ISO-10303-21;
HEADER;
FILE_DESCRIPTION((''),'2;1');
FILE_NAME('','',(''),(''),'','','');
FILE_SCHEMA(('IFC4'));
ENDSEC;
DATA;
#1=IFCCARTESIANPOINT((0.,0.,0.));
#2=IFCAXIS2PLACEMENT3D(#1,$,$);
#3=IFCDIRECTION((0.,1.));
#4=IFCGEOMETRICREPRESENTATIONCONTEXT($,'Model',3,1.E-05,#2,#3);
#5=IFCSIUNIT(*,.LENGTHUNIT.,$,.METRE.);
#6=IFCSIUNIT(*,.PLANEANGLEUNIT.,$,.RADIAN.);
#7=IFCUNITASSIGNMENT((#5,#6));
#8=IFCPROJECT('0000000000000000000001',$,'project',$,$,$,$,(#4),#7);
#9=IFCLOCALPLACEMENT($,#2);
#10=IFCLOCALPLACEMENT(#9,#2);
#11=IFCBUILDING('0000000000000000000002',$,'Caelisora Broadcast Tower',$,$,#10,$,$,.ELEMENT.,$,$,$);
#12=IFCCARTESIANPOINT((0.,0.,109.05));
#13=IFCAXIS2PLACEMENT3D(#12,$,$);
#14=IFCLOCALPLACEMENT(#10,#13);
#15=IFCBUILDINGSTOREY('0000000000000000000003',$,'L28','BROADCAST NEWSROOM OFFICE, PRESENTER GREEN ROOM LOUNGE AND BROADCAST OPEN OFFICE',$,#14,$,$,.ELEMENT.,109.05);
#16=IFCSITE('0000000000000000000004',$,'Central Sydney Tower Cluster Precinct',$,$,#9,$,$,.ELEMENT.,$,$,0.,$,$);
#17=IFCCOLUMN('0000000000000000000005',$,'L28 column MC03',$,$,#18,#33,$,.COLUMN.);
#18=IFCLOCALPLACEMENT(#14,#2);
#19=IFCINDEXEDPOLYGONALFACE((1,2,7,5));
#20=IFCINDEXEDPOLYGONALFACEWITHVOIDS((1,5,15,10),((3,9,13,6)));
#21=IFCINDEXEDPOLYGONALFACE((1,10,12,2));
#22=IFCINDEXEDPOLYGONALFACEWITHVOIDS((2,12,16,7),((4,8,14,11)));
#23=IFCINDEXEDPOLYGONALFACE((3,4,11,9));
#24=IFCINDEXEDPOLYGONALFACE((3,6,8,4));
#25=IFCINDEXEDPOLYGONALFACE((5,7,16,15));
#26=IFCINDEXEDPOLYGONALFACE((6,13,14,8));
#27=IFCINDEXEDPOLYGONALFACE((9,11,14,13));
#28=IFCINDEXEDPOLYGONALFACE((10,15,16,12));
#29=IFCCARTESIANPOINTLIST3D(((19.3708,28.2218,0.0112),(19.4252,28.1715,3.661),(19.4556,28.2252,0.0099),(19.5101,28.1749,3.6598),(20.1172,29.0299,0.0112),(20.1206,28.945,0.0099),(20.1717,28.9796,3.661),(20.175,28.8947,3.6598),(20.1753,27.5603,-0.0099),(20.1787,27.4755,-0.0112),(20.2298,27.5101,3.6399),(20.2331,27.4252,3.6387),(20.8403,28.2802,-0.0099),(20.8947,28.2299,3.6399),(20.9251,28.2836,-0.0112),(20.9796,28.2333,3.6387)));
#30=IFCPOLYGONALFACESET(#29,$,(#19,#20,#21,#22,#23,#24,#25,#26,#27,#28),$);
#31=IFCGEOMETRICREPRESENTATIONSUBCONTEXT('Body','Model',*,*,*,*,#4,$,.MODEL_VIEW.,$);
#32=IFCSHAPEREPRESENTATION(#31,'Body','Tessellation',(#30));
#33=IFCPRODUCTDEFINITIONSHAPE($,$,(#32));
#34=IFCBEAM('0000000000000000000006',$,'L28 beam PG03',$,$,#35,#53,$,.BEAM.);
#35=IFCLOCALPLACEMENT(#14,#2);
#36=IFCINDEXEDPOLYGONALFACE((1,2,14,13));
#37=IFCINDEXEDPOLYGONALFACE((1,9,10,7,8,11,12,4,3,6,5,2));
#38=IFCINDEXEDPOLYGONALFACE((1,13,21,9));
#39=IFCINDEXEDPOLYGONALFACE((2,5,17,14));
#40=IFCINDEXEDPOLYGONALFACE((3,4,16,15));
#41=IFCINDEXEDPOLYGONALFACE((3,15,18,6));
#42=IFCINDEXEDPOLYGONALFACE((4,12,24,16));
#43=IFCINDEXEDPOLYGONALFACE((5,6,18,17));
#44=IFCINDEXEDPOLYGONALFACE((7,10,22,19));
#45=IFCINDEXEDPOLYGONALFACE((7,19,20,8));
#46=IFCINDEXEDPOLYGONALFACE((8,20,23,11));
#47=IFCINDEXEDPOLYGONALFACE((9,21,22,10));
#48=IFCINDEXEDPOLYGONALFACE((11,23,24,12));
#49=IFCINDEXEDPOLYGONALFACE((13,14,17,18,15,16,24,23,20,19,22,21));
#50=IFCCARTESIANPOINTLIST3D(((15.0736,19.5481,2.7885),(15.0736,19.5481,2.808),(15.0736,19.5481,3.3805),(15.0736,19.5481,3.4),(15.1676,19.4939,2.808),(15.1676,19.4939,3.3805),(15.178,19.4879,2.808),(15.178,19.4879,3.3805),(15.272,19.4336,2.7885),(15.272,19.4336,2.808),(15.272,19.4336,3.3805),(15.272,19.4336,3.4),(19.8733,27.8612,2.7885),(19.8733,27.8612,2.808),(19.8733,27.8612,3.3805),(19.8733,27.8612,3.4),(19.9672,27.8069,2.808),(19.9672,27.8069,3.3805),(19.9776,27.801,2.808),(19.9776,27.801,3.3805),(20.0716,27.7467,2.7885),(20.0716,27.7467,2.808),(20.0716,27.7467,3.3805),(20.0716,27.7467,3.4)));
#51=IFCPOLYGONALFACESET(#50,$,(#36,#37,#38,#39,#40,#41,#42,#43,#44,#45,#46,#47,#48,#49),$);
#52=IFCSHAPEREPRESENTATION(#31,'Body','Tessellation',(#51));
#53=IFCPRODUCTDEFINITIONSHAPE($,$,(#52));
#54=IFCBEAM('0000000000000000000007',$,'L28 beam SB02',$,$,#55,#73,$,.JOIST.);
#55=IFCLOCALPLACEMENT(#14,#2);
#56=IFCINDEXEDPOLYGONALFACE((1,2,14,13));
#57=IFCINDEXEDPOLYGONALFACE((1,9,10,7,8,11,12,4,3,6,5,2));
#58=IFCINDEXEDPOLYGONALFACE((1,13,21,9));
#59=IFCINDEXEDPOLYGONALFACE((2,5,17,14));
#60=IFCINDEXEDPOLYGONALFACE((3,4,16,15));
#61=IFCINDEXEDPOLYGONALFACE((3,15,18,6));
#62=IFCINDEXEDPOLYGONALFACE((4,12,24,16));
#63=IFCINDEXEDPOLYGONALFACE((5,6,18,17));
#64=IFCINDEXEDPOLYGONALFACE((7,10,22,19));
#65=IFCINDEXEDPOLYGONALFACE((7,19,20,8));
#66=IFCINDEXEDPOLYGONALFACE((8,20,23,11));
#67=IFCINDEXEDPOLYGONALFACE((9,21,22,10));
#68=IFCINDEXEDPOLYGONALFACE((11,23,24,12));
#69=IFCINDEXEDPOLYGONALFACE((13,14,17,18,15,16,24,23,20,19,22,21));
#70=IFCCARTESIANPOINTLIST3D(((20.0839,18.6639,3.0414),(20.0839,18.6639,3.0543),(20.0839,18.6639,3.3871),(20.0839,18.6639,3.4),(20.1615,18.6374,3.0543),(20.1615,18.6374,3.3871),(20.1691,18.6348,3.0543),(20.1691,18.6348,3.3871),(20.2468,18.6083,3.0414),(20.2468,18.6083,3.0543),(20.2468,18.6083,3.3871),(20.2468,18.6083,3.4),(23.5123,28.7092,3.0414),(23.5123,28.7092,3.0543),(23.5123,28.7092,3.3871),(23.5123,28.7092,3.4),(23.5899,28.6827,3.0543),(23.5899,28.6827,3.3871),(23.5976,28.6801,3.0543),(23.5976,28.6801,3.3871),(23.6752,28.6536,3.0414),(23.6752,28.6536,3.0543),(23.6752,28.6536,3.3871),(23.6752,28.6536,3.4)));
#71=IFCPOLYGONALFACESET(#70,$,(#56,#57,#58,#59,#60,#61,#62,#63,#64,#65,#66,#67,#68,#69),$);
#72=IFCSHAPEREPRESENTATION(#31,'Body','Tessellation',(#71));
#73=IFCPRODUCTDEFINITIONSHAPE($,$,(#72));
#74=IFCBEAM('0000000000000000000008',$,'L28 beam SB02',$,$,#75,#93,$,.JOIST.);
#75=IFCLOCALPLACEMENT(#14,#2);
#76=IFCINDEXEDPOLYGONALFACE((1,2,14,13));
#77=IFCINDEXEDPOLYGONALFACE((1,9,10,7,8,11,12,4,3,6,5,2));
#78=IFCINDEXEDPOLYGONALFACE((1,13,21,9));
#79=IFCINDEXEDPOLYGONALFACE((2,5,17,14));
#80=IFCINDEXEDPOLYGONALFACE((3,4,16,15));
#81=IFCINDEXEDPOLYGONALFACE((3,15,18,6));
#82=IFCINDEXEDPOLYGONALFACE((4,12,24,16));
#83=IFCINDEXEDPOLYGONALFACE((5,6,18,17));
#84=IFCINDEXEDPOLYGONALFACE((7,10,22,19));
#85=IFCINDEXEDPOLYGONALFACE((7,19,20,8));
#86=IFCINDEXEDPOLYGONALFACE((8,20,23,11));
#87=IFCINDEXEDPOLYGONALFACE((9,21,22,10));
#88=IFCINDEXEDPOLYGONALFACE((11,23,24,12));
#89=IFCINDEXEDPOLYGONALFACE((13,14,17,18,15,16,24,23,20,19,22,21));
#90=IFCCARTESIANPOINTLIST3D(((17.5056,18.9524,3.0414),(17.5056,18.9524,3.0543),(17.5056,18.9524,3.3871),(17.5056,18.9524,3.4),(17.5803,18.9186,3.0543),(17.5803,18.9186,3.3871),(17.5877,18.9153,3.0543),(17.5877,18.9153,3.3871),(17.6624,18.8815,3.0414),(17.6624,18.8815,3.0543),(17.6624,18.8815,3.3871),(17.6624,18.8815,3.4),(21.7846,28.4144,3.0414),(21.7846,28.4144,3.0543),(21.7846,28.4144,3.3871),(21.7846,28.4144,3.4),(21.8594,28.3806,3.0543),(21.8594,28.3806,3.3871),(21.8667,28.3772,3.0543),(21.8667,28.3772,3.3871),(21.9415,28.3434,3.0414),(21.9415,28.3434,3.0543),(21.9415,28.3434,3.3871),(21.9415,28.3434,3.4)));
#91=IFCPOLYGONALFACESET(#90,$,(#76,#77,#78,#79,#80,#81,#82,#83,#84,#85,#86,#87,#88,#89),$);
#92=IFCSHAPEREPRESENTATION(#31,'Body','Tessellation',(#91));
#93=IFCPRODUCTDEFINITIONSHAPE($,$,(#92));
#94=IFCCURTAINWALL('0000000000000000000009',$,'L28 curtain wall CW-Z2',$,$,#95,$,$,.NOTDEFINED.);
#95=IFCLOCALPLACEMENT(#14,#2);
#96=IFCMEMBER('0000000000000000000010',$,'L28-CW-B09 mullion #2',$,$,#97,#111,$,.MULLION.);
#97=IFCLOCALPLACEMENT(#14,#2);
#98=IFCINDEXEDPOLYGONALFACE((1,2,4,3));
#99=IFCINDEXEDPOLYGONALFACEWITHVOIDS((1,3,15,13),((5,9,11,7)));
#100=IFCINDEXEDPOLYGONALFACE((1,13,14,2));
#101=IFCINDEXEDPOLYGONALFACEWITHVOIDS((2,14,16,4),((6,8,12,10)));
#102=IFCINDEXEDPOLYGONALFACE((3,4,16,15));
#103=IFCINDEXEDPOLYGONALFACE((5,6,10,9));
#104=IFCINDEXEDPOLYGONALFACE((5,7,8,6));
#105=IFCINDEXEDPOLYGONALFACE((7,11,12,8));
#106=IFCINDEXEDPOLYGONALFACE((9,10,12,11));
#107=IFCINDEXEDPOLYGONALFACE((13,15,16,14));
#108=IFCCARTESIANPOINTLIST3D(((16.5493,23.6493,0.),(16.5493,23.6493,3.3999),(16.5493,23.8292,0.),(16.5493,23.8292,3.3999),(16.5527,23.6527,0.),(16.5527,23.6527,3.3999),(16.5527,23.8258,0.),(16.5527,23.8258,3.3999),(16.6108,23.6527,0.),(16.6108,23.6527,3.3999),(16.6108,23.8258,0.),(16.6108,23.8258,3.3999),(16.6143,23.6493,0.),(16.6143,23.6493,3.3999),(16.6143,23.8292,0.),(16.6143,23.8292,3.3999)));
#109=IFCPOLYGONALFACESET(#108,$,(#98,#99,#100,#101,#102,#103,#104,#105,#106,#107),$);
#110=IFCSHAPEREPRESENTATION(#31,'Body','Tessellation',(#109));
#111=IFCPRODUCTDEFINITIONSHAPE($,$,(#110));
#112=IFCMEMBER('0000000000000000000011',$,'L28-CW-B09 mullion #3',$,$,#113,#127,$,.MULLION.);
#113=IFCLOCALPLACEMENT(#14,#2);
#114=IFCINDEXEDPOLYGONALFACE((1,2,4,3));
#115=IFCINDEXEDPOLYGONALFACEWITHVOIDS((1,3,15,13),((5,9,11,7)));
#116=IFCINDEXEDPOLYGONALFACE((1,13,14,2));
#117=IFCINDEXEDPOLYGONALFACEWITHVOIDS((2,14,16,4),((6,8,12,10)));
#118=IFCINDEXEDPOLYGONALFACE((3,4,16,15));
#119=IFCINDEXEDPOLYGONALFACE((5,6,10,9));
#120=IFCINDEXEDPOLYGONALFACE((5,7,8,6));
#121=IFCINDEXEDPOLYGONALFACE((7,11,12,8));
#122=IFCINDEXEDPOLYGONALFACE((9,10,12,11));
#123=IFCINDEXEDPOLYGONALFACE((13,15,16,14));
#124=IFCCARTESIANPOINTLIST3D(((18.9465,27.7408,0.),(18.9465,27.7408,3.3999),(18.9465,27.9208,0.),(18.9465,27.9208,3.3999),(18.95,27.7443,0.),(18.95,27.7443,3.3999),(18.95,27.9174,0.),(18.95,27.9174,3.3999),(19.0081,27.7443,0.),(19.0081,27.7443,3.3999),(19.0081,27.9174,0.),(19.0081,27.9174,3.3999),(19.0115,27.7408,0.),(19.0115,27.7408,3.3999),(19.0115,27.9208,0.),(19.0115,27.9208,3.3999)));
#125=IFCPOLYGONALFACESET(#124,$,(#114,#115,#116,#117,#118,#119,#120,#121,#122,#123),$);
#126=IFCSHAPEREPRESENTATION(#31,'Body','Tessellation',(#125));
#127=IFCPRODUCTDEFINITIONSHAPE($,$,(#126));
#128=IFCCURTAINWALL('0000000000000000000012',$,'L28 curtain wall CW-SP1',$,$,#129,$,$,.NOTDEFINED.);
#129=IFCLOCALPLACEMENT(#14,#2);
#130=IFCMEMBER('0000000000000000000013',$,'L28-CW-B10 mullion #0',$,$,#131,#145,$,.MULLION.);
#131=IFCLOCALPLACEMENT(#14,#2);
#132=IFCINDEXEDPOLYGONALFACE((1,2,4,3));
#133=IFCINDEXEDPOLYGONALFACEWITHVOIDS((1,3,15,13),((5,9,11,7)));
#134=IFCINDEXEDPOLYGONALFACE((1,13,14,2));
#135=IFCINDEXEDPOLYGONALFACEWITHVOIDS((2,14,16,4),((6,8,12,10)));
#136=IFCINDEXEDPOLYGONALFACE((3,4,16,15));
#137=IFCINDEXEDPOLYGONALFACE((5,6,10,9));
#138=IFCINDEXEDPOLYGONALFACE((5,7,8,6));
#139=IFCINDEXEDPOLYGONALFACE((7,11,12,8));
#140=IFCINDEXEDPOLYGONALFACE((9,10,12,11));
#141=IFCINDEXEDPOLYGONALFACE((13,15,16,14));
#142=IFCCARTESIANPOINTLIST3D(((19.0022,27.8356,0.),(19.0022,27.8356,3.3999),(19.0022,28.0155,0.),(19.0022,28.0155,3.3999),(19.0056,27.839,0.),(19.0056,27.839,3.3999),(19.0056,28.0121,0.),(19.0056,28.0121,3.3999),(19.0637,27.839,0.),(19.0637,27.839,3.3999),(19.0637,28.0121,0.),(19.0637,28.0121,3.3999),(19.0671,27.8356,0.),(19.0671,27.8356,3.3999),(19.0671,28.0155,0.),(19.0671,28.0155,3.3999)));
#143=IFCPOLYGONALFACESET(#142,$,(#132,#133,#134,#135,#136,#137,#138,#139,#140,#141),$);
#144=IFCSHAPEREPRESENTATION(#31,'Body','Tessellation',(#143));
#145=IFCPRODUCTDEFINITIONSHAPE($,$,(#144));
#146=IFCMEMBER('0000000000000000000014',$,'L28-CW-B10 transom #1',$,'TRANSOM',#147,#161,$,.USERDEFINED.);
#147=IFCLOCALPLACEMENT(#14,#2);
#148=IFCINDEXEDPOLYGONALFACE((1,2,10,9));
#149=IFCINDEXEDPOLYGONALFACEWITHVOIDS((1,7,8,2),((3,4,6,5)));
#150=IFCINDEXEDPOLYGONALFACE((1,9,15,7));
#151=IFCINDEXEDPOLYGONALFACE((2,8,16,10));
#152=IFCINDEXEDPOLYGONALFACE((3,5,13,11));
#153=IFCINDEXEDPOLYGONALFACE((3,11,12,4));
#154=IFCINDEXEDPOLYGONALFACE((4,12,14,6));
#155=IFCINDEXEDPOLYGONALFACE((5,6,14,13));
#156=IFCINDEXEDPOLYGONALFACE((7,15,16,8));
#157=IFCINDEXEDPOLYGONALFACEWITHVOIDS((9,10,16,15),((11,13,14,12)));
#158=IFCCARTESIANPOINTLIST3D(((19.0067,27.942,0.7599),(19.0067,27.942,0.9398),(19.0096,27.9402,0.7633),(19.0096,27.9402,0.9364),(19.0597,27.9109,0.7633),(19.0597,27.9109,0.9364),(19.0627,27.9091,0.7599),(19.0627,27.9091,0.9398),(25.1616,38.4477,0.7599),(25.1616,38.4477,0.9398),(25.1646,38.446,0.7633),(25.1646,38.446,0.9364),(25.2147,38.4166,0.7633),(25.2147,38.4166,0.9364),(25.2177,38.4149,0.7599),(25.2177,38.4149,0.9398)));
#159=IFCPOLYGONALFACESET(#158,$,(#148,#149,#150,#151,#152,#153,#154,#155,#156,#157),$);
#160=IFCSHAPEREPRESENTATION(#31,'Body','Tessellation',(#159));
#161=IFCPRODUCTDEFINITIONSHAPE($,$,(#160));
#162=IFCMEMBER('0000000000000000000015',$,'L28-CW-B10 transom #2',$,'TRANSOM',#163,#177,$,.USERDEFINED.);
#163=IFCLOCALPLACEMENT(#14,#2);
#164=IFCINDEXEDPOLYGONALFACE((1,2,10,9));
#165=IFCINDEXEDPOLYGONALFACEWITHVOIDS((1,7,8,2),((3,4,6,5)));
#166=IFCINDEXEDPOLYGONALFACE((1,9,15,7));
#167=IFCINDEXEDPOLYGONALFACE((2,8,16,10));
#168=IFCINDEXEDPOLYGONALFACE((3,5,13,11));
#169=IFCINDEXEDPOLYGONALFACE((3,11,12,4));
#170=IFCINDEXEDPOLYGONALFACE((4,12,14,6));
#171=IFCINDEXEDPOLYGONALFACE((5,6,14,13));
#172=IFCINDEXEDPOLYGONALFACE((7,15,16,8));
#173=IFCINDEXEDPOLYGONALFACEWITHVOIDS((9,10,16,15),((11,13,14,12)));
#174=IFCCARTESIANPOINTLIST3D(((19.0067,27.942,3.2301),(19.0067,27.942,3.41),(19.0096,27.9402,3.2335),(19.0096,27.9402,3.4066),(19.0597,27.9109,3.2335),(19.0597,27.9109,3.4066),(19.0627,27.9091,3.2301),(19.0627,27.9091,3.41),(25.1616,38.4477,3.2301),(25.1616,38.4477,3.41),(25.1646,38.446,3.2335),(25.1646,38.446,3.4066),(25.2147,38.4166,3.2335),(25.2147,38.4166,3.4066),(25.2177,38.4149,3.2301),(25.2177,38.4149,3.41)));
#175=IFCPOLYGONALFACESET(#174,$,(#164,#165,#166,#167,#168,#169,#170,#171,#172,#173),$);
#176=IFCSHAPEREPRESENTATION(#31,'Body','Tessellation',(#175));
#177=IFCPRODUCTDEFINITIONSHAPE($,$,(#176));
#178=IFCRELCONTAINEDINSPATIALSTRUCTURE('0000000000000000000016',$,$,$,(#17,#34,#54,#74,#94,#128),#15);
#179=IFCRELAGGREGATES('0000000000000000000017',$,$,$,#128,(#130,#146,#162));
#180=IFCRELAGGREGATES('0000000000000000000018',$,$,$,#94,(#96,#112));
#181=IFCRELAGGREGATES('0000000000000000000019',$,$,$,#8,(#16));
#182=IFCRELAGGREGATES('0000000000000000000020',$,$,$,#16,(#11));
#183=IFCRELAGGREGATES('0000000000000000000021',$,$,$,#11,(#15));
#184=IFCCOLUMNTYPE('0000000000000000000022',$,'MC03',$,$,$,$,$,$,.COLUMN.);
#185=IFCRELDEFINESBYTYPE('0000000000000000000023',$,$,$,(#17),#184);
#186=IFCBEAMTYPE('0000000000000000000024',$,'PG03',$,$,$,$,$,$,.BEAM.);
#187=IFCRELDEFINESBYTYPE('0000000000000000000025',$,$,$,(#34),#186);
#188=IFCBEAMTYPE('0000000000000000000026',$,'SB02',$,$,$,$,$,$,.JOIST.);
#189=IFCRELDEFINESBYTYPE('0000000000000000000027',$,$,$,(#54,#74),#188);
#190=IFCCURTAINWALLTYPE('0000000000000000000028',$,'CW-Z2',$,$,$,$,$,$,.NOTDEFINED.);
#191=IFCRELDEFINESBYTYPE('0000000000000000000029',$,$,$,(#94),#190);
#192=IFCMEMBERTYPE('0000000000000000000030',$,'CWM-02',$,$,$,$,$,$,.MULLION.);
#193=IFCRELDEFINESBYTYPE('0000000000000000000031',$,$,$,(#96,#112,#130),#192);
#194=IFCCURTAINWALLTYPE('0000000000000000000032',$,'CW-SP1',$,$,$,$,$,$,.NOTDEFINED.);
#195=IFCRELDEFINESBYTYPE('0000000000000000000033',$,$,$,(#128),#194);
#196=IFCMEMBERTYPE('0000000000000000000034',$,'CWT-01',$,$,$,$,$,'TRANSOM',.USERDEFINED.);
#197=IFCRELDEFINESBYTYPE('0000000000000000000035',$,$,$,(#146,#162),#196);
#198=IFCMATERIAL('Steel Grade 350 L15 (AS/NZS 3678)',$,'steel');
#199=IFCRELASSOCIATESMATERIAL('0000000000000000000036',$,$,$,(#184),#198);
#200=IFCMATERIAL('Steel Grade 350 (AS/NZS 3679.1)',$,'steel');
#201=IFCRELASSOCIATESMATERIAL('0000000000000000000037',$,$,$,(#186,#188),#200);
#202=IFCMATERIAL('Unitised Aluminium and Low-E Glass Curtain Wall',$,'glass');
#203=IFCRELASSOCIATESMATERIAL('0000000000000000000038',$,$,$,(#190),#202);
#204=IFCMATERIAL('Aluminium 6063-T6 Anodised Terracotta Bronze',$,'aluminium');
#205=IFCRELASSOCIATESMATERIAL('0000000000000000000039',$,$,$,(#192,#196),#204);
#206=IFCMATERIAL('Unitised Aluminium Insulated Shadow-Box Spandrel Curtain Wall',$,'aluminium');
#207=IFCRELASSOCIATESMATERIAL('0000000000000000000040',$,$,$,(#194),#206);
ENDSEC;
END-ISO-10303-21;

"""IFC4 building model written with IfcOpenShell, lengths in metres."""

from ifc_helpers import new_model, si_unit, direction, frame, origin, origin_2d, place, context, subcontext, project, spatial, hollow_rectangle, i_section, extrude, source, transform, mapped, material, material_profile, profile_set, type_object, type_shapes, element, aggregate, save


model = new_model("IFC4")

# Units and contexts
model_context = context("Model", 3, precision=1e-05, world=origin(), true_north=direction((0.0, 1.0)))
body_context = subcontext(model_context, "Body", "Model", "MODEL_VIEW")
ifc_project = project(units=[si_unit("LENGTHUNIT", "METRE"), si_unit("PLANEANGLEUNIT", "RADIAN")], contexts=[model_context])

# Site, building, storey
site_placement = place(None, origin())
site = spatial("IfcSite", under=ifc_project, at=site_placement, Name="Central Sydney Tower Cluster Precinct", CompositionType="ELEMENT", RefElevation=0.0)
building_placement = place(site_placement, origin())
building = spatial("IfcBuilding", under=site, at=building_placement, Name="Caelisora Broadcast Tower", CompositionType="ELEMENT")
storey_placement = place(building_placement, frame((0.0, 0.0, 109.05)))
storey = spatial("IfcBuildingStorey", under=building, at=storey_placement, Name="L28", Description="BROADCAST NEWSROOM OFFICE, PRESENTER GREEN ROOM LOUNGE AND BROADCAST OPEN OFFICE", CompositionType="ELEMENT", Elevation=109.05)

# Column
ifc_material_1 = material(Name="Steel Grade 350 L15 (AS/NZS 3678)", Category="steel")
ifc_material_profile_1 = material_profile(ifc_material_1, hollow_rectangle(XDim=1.1001, YDim=1.1001, WallThickness=0.0601, at=origin_2d()), Name="Steel Grade 350 L15 (AS/NZS 3678)")
ifc_profile_set_1 = profile_set([ifc_material_profile_1], Name="Steel Grade 350 L15 (AS/NZS 3678)")
column_type = type_object("IfcColumnType", Name="MC03", PredefinedType="COLUMN", material=ifc_profile_set_1)
shared_shape_1 = source(origin(), body_context, "Body", "SweptSolid", [
    extrude(hollow_rectangle(XDim=1.1001, YDim=1.1001, WallThickness=0.0601, at=origin_2d()), origin(), (0.0, 0.0, 1.0), 3.6506),
])
type_shapes(column_type, [shared_shape_1])
column_placement = place(storey_placement, frame((20.1479, 28.2527, 0.0), z_axis=(0.014913, -0.013776, 0.999794), x_axis=(0.678554, 0.734551, 0.0)))
element("IfcColumn", 1, at=column_placement, inside=storey, type_object=column_type, Name="L28 column MC03", PredefinedType="COLUMN", context=body_context, shape_type="MappedRepresentation", body=[
    mapped(shared_shape_1, transform((0.0, 0.0, 0.0), scale=1.0)),
])

# Beams
ifc_material_2 = material(Name="Steel Grade 350 (AS/NZS 3679.1)", Category="steel")
ifc_material_profile_2 = material_profile(ifc_material_2, i_section(OverallWidth=0.229, OverallDepth=0.6116, WebThickness=0.012, FlangeThickness=0.0195, at=origin_2d()), Name="Steel Grade 350 (AS/NZS 3679.1)")
ifc_profile_set_2 = profile_set([ifc_material_profile_2], Name="Steel Grade 350 (AS/NZS 3679.1)")
beam_type_1 = type_object("IfcBeamType", Name="PG03", PredefinedType="BEAM", material=ifc_profile_set_2)
shared_shape_2 = source(origin(), body_context, "Body", "SweptSolid", [
    extrude(i_section(OverallWidth=0.229, OverallDepth=0.6116, WebThickness=0.012, FlangeThickness=0.0195, at=origin_2d()), origin(), (0.0, 0.0, 1.0), 9.5991),
])
type_shapes(beam_type_1, [shared_shape_2])
beam_1_placement = place(storey_placement, frame((19.9724, 27.804, 3.0942), z_axis=(-0.500004, -0.866023, 0.0), x_axis=(0.866023, -0.500004, 0.0)))
element("IfcBeam", 2, at=beam_1_placement, inside=storey, type_object=beam_type_1, Name="L28 beam PG03", PredefinedType="BEAM", context=body_context, shape_type="MappedRepresentation", body=[
    mapped(shared_shape_2, transform((0.0, 0.0, 0.0), scale=1.0)),
])
ifc_material_profile_3 = material_profile(ifc_material_2, i_section(OverallWidth=0.1721, OverallDepth=0.3586, WebThickness=0.0081, FlangeThickness=0.0129, at=origin_2d()), Name="Steel Grade 350 (AS/NZS 3679.1)")
ifc_profile_set_3 = profile_set([ifc_material_profile_3], Name="Steel Grade 350 (AS/NZS 3679.1)")
beam_type_2 = type_object("IfcBeamType", Name="SB02", PredefinedType="JOIST", material=ifc_profile_set_3)
shared_shape_3 = source(origin(), body_context, "Body", "SweptSolid", [
    extrude(i_section(OverallWidth=0.1721, OverallDepth=0.3586, WebThickness=0.0081, FlangeThickness=0.0129, at=origin_2d()), origin(), (0.0, 0.0, 1.0), 10.6143),
])
beam_2_placement = place(storey_placement, frame((23.5938, 28.6814, 3.2207), z_axis=(-0.323003, -0.946398, 0.0), x_axis=(0.946398, -0.323003, 0.0)))
element("IfcBeam", 3, at=beam_2_placement, inside=storey, type_object=beam_type_2, Name="L28 beam SB02", PredefinedType="JOIST", context=body_context, shape_type="MappedRepresentation", body=[
    mapped(shared_shape_3, transform((0.0, 0.0, 0.0), scale=1.0)),
])
shared_shape_4 = source(origin(), body_context, "Body", "SweptSolid", [
    extrude(i_section(OverallWidth=0.1721, OverallDepth=0.3586, WebThickness=0.0081, FlangeThickness=0.0129, at=origin_2d()), origin(), (0.0, 0.0, 1.0), 10.3845),
])
type_shapes(beam_type_2, [shared_shape_3, shared_shape_4])
beam_3_placement = place(storey_placement, frame((21.863, 28.3789, 3.2207), z_axis=(-0.412061, -0.911156, 0.0), x_axis=(0.911156, -0.412061, 0.0)))
element("IfcBeam", 4, at=beam_3_placement, inside=storey, type_object=beam_type_2, Name="L28 beam SB02", PredefinedType="JOIST", context=body_context, shape_type="MappedRepresentation", body=[
    mapped(shared_shape_4, transform((0.0, 0.0, 0.0), scale=1.0)),
])

# Curtain walls, members
ifc_material_3 = material(Name="Unitised Aluminium and Low-E Glass Curtain Wall", Category="glass")
curtain_wall_type_1 = type_object("IfcCurtainWallType", Name="CW-Z2", PredefinedType="NOTDEFINED", material=ifc_material_3)
curtain_wall_1_placement = place(storey_placement, origin())
curtain_wall_1 = element("IfcCurtainWall", 5, at=curtain_wall_1_placement, inside=storey, type_object=curtain_wall_type_1, Name="L28 curtain wall CW-Z2", PredefinedType="NOTDEFINED")
ifc_material_4 = material(Name="Aluminium 6063-T6 Anodised Terracotta Bronze", Category="aluminium")
ifc_material_profile_4 = material_profile(ifc_material_4, hollow_rectangle(XDim=0.0649, YDim=0.1799, WallThickness=0.0034, at=origin_2d()), Name="Aluminium 6063-T6 Anodised Terracotta Bronze")
ifc_profile_set_4 = profile_set([ifc_material_profile_4], Name="Aluminium 6063-T6 Anodised Terracotta Bronze")
member_type_1 = type_object("IfcMemberType", Name="CWM-02", PredefinedType="MULLION", material=ifc_profile_set_4)
shared_shape_5 = source(origin(), body_context, "Body", "SweptSolid", [
    extrude(hollow_rectangle(XDim=0.0649, YDim=0.1799, WallThickness=0.0034, at=origin_2d()), origin(), (0.0, 0.0, 1.0), 3.3999),
])
type_shapes(member_type_1, [shared_shape_5])
member_1_placement = place(storey_placement, frame((16.5818, 23.7393, 0.0), z_axis=(0.0, 0.0, 1.0), x_axis=(1.0, 0.0, 0.0)))
member_1 = element("IfcMember", 6, at=member_1_placement, type_object=member_type_1, Name="L28-CW-B09 mullion #2", PredefinedType="MULLION", context=body_context, shape_type="MappedRepresentation", body=[
    mapped(shared_shape_5, transform((0.0, 0.0, 0.0), scale=1.0)),
])
member_2_placement = place(storey_placement, frame((18.979, 27.8308, 0.0), z_axis=(0.0, 0.0, 1.0), x_axis=(1.0, 0.0, 0.0)))
member_2 = element("IfcMember", 7, at=member_2_placement, type_object=member_type_1, Name="L28-CW-B09 mullion #3", PredefinedType="MULLION", context=body_context, shape_type="MappedRepresentation", body=[
    mapped(shared_shape_5, transform((0.0, 0.0, 0.0), scale=1.0)),
])
ifc_material_5 = material(Name="Unitised Aluminium Insulated Shadow-Box Spandrel Curtain Wall", Category="aluminium")
curtain_wall_type_2 = type_object("IfcCurtainWallType", Name="CW-SP1", PredefinedType="NOTDEFINED", material=ifc_material_5)
curtain_wall_2_placement = place(storey_placement, origin())
curtain_wall_2 = element("IfcCurtainWall", 8, at=curtain_wall_2_placement, inside=storey, type_object=curtain_wall_type_2, Name="L28 curtain wall CW-SP1", PredefinedType="NOTDEFINED")
member_3_placement = place(storey_placement, frame((19.0347, 27.9255, 0.0), z_axis=(0.0, 0.0, 1.0), x_axis=(1.0, 0.0, 0.0)))
member_3 = element("IfcMember", 9, at=member_3_placement, type_object=member_type_1, Name="L28-CW-B10 mullion #0", PredefinedType="MULLION", context=body_context, shape_type="MappedRepresentation", body=[
    mapped(shared_shape_5, transform((0.0, 0.0, 0.0), scale=1.0)),
])
ifc_material_profile_5 = material_profile(ifc_material_4, hollow_rectangle(XDim=0.0649, YDim=0.1799, WallThickness=0.0034, at=origin_2d()), Name="Aluminium 6063-T6 Anodised Terracotta Bronze")
ifc_profile_set_5 = profile_set([ifc_material_profile_5], Name="Aluminium 6063-T6 Anodised Terracotta Bronze")
member_type_2 = type_object("IfcMemberType", Name="CWT-01", ElementType="TRANSOM", PredefinedType="USERDEFINED", material=ifc_profile_set_5)
shared_shape_6 = source(origin(), body_context, "Body", "SweptSolid", [
    extrude(hollow_rectangle(XDim=0.0649, YDim=0.1799, WallThickness=0.0034, at=origin_2d()), origin(), (0.0, 0.0, 1.0), 12.176),
])
type_shapes(member_type_2, [shared_shape_6])
member_4_placement = place(storey_placement, frame((19.0347, 27.9255, 0.8499), z_axis=(0.505501, 0.862826, 0.0), x_axis=(-0.862826, 0.505501, 0.0)))
member_4 = element("IfcMember", 10, at=member_4_placement, type_object=member_type_2, Name="L28-CW-B10 transom #1", ObjectType="TRANSOM", PredefinedType="USERDEFINED", context=body_context, shape_type="MappedRepresentation", body=[
    mapped(shared_shape_6, transform((0.0, 0.0, 0.0), scale=1.0)),
])
member_5_placement = place(storey_placement, frame((19.0347, 27.9255, 3.3201), z_axis=(0.505501, 0.862826, 0.0), x_axis=(-0.862826, 0.505501, 0.0)))
member_5 = element("IfcMember", 11, at=member_5_placement, type_object=member_type_2, Name="L28-CW-B10 transom #2", ObjectType="TRANSOM", PredefinedType="USERDEFINED", context=body_context, shape_type="MappedRepresentation", body=[
    mapped(shared_shape_6, transform((0.0, 0.0, 0.0), scale=1.0)),
])

aggregate(curtain_wall_2, [member_3, member_4, member_5])
aggregate(curtain_wall_1, [member_1, member_2])

save(model, "model.ifc")
